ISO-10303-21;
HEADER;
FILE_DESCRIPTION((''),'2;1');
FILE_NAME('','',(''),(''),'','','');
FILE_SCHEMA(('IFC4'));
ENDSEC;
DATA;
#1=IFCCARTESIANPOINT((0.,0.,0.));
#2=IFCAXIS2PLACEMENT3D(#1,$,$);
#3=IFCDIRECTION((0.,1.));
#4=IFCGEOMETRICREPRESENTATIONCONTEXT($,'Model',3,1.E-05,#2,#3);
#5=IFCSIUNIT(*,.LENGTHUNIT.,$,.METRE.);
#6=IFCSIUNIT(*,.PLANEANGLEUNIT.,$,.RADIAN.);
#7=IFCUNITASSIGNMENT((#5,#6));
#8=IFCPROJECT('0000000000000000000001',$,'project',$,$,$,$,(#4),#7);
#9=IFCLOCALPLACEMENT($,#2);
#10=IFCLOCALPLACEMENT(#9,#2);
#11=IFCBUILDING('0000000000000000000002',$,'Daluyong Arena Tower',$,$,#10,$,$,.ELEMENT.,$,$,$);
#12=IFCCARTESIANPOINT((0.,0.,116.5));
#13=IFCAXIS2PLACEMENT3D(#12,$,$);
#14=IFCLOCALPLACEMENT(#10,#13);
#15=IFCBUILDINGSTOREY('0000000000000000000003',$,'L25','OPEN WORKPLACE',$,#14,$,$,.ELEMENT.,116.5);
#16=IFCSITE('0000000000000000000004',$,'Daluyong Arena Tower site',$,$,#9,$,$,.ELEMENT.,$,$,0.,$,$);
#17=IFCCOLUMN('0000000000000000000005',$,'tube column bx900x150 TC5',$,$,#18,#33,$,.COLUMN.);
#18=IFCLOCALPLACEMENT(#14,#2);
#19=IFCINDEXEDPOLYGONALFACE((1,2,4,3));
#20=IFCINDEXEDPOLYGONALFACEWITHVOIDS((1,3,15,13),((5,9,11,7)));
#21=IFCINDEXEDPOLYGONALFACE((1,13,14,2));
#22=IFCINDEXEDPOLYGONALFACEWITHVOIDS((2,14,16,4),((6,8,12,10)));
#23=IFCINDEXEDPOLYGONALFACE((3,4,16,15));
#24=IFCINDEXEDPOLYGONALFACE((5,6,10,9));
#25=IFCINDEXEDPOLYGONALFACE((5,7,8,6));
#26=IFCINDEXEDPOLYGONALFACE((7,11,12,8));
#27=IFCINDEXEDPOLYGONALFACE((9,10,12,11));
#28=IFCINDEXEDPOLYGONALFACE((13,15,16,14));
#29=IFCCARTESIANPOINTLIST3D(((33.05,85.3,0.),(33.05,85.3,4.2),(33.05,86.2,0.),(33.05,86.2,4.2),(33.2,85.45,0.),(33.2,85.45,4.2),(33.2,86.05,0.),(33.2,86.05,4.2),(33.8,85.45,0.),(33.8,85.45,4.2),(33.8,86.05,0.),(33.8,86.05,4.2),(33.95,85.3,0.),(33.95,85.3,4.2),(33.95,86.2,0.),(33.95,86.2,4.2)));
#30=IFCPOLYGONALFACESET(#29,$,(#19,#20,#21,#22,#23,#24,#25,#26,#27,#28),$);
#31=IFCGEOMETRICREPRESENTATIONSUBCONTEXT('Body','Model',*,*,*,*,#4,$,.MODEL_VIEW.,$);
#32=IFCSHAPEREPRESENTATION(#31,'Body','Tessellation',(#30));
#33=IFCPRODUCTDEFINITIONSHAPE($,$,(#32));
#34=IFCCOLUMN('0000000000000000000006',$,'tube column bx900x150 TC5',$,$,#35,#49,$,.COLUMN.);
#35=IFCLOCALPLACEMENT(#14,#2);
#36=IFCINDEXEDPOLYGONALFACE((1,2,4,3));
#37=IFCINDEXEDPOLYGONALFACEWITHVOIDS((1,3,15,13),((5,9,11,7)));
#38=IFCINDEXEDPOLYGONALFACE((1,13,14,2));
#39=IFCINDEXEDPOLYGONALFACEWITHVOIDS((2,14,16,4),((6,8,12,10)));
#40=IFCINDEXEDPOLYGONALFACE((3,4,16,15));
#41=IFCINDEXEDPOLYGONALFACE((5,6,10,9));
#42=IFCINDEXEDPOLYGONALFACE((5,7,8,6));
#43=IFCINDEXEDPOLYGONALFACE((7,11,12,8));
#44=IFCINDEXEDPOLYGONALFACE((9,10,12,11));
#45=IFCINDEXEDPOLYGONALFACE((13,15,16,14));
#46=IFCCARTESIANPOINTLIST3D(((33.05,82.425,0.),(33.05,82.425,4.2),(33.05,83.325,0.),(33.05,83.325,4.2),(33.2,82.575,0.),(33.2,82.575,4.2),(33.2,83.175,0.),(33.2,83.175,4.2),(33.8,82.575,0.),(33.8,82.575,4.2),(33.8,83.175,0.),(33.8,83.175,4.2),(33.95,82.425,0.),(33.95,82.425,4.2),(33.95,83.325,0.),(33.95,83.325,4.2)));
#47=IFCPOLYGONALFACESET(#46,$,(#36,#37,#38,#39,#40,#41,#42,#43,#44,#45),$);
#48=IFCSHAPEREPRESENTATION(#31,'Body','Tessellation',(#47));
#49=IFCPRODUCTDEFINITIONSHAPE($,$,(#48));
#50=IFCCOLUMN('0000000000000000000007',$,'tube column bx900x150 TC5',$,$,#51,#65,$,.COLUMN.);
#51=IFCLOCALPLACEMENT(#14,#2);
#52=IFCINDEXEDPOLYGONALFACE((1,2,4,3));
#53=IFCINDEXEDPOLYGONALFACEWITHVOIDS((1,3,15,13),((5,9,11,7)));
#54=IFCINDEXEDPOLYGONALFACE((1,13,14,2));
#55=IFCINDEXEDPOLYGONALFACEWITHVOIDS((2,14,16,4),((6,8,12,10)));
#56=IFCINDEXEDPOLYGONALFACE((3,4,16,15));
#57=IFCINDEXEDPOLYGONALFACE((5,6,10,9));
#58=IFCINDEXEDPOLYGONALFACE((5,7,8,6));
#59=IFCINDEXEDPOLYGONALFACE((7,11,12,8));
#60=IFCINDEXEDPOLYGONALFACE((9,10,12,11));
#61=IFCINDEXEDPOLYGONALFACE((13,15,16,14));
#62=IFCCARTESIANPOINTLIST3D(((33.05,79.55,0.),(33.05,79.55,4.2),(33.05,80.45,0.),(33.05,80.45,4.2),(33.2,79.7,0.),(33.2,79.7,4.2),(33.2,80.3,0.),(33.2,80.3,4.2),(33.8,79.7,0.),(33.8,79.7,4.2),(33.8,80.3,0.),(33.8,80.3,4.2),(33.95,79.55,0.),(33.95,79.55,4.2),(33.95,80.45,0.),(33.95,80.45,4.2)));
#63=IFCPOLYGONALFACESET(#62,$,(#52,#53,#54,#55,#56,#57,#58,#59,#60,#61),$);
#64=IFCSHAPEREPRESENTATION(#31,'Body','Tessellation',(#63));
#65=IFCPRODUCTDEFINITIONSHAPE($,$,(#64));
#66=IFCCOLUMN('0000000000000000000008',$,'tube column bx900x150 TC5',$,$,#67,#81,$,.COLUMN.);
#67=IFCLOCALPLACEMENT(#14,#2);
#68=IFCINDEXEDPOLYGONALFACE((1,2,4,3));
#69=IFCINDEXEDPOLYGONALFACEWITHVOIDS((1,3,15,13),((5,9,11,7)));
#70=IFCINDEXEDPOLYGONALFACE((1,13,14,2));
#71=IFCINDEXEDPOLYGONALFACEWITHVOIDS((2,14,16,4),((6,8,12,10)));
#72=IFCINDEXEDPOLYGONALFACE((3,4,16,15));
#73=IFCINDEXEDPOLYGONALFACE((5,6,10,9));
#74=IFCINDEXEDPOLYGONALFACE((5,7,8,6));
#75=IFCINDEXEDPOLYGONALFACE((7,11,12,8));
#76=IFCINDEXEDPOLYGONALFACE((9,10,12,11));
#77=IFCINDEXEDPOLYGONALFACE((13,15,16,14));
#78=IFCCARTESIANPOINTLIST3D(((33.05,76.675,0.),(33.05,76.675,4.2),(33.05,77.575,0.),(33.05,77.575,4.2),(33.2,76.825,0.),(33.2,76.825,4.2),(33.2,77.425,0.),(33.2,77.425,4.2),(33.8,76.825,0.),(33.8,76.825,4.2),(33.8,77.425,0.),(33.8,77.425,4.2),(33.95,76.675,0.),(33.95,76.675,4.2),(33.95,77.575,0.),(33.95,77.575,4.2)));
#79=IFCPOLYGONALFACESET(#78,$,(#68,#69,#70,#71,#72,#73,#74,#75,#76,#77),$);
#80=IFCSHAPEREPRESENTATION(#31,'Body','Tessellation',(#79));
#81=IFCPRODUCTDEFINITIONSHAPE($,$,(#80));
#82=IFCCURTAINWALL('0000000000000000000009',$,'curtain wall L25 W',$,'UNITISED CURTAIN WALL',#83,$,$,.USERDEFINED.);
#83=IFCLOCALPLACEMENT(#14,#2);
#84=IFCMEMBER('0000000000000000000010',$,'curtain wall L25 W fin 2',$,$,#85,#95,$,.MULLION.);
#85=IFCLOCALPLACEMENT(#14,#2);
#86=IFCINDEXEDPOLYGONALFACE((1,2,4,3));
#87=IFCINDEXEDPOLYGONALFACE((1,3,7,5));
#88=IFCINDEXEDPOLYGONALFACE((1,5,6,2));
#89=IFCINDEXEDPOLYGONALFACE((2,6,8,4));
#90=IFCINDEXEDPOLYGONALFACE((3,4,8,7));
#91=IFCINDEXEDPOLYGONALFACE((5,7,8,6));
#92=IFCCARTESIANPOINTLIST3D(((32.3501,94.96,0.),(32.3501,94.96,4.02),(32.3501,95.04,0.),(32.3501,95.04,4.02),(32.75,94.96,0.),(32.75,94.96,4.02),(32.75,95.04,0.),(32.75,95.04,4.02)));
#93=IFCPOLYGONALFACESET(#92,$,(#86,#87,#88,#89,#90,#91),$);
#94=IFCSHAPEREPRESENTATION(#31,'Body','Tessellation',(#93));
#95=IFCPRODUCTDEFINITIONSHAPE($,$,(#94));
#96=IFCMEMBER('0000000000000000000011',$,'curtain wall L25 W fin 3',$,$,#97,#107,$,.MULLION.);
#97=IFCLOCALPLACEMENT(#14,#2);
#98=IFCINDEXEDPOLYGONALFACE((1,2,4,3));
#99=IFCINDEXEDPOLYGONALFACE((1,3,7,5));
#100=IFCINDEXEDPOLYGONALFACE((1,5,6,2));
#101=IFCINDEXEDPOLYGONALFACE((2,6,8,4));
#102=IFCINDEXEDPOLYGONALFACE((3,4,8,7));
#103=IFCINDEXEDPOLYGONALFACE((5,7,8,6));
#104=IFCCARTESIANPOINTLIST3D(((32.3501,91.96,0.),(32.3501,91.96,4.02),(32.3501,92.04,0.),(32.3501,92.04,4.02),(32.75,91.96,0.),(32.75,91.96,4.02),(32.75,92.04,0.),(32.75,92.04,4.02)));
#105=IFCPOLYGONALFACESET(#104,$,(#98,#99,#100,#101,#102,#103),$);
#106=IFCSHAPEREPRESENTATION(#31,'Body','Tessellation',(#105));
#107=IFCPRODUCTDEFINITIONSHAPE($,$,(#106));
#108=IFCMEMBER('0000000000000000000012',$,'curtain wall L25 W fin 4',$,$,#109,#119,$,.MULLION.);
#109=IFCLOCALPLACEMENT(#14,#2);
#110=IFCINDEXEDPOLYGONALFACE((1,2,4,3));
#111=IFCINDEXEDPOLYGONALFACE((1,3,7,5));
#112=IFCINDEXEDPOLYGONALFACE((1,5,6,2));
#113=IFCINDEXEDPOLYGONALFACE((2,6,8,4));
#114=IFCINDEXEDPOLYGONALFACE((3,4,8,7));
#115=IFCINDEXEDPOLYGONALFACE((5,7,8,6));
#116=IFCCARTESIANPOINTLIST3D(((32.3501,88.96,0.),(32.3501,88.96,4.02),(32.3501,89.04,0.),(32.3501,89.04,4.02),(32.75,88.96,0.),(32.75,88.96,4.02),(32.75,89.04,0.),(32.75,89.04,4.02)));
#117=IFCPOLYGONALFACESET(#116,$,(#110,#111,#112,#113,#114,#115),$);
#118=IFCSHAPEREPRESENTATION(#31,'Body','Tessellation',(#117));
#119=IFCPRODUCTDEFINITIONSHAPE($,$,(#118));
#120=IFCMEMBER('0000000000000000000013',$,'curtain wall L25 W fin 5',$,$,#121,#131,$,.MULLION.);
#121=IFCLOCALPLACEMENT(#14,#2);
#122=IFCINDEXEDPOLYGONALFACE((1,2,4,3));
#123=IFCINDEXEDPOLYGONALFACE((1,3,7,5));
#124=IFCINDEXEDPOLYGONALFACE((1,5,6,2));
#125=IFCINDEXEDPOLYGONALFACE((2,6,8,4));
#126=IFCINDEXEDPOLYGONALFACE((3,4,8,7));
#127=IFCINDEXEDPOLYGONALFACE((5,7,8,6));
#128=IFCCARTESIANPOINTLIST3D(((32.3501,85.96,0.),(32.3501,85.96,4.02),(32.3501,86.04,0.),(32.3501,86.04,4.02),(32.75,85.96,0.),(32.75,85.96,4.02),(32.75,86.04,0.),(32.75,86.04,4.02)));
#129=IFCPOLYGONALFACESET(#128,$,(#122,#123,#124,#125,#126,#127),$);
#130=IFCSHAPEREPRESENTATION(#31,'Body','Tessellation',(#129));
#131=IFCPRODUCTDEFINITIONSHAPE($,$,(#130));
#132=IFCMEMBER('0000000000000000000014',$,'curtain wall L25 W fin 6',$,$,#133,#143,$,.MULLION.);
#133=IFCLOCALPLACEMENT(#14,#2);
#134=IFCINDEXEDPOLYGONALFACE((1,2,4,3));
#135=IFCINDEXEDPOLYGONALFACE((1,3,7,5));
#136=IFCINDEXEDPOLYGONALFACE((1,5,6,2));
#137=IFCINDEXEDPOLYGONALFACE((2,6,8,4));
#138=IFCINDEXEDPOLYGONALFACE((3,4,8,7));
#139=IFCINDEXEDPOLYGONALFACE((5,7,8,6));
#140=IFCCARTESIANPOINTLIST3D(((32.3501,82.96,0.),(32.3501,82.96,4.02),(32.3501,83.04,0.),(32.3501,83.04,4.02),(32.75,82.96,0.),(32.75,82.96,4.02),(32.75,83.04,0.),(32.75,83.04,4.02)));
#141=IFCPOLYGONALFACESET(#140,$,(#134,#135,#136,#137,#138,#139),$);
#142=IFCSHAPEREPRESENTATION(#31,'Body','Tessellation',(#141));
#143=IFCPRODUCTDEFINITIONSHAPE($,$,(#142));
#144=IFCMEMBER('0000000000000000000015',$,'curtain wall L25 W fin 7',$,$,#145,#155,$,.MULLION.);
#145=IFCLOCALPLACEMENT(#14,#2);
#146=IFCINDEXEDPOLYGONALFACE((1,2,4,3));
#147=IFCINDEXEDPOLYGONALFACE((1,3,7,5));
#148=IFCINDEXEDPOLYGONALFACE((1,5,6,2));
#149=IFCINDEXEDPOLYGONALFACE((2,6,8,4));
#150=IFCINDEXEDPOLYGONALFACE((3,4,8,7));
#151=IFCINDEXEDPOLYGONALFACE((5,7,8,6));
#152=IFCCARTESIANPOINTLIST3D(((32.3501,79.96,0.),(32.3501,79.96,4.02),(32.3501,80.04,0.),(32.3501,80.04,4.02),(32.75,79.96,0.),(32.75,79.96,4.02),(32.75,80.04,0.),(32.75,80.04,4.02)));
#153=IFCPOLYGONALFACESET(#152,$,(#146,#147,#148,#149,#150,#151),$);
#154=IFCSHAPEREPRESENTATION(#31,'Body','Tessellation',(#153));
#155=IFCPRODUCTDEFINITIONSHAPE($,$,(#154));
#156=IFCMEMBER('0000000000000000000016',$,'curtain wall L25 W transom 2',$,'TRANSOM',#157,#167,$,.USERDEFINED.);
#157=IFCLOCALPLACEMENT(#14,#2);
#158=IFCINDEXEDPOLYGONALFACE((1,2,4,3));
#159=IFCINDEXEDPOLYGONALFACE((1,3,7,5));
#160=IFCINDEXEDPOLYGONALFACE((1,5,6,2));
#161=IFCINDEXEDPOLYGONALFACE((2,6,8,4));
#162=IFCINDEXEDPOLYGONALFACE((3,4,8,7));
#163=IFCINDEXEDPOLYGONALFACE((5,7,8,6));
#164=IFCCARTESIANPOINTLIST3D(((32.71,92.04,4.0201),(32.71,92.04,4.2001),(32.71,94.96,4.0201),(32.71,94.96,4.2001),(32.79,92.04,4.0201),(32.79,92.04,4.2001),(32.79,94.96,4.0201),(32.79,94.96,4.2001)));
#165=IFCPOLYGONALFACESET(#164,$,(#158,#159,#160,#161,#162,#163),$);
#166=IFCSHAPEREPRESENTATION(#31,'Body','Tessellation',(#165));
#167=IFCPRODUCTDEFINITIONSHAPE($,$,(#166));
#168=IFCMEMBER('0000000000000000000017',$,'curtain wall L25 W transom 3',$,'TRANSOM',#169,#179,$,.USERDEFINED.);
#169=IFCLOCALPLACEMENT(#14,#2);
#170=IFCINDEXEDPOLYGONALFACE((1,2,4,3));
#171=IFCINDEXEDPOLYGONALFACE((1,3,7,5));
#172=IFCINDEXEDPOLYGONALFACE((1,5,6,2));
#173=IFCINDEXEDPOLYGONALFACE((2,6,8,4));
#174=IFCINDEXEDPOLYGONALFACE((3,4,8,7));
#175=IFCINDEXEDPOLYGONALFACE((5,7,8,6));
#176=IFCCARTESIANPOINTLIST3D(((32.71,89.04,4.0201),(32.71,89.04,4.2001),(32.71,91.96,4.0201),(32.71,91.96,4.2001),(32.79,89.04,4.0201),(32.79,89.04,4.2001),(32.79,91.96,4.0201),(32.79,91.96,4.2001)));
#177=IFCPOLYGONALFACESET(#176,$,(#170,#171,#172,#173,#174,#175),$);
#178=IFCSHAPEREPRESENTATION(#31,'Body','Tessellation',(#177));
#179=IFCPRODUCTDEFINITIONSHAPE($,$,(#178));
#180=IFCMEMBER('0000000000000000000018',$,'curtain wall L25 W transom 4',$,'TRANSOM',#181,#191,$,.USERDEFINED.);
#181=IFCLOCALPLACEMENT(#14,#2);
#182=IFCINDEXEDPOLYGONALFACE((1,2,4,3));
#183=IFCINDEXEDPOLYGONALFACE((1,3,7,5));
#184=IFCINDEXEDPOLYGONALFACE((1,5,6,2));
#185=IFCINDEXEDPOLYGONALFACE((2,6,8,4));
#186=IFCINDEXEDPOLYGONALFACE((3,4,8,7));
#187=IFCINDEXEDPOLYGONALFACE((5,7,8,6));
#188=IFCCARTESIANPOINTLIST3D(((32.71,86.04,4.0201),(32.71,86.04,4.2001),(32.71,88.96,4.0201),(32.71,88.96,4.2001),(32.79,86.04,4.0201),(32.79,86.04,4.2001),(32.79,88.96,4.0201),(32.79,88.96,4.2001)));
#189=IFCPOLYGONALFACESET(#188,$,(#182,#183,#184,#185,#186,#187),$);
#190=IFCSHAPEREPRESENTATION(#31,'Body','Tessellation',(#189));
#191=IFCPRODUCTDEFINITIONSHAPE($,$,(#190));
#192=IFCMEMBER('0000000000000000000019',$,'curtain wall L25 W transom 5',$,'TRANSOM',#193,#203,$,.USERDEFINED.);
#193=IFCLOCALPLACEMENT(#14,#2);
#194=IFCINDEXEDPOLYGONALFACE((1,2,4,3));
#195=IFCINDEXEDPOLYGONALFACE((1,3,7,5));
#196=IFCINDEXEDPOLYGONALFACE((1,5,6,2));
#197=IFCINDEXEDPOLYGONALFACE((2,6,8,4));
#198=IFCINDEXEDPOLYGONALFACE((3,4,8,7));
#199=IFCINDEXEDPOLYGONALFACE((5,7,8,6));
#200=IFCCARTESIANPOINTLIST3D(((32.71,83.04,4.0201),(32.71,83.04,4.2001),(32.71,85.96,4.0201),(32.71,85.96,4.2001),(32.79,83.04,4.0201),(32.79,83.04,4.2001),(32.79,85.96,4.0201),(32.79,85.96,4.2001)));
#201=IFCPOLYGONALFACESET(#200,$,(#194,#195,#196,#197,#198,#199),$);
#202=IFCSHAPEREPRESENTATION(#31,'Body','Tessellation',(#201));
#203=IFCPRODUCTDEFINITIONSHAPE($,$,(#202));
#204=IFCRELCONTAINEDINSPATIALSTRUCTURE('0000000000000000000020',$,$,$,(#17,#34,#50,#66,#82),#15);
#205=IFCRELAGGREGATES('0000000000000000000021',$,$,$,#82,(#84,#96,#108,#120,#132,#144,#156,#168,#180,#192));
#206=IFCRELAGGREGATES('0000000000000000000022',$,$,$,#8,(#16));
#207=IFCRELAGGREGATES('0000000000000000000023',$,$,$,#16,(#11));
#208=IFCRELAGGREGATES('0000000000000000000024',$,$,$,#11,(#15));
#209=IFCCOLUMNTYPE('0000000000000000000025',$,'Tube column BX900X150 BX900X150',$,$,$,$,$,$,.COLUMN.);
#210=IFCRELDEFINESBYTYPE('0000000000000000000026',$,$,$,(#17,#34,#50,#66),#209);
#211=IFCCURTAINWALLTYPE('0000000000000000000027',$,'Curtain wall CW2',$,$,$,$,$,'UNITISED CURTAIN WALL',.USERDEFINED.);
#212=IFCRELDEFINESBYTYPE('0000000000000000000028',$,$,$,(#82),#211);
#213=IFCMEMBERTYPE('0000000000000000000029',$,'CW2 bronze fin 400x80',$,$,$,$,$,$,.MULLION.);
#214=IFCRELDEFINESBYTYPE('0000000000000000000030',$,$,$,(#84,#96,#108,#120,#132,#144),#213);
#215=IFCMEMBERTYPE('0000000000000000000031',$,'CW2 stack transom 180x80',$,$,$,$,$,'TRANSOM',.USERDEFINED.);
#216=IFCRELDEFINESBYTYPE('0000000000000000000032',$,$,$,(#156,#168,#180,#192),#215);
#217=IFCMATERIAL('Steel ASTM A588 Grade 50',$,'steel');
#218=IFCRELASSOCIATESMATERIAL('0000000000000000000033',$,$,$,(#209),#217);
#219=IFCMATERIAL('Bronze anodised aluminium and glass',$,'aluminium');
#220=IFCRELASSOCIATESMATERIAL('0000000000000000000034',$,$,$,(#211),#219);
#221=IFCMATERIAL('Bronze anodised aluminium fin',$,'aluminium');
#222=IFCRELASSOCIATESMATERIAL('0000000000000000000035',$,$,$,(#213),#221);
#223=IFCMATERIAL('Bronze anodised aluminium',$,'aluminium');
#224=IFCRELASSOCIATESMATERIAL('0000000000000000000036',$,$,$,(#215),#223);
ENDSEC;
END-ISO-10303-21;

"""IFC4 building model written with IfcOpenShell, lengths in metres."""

from ifc_helpers import new_model, si_unit, direction, frame, origin, origin_2d, place, context, subcontext, project, spatial, rectangle, hollow_rectangle, extrude, material, material_profile, profile_set, type_object, element, aggregate, save


model = new_model("IFC4")

# Units and contexts
model_context = context("Model", 3, precision=1e-05, world=origin(), true_north=direction((0.0, 1.0)))
body_context = subcontext(model_context, "Body", "Model", "MODEL_VIEW")
ifc_project = project(units=[si_unit("LENGTHUNIT", "METRE"), si_unit("PLANEANGLEUNIT", "RADIAN")], contexts=[model_context])

# Site, building, storey
site_placement = place(None, origin())
site = spatial("IfcSite", under=ifc_project, at=site_placement, Name="Daluyong Arena Tower site", CompositionType="ELEMENT", RefElevation=0.0)
building_placement = place(site_placement, origin())
building = spatial("IfcBuilding", under=site, at=building_placement, Name="Daluyong Arena Tower", CompositionType="ELEMENT")
storey_placement = place(building_placement, frame((0.0, 0.0, 116.5)))
storey = spatial("IfcBuildingStorey", under=building, at=storey_placement, Name="L25", Description="OPEN WORKPLACE", CompositionType="ELEMENT", Elevation=116.5)

# Columns
ifc_material_1 = material(Name="Steel ASTM A588 Grade 50", Category="steel")
ifc_material_profile_1 = material_profile(ifc_material_1, hollow_rectangle(XDim=0.8999, YDim=0.8999, WallThickness=0.15, at=origin_2d()))
ifc_profile_set_1 = profile_set([ifc_material_profile_1], Name="Steel ASTM A588 Grade 50")
column_type = type_object("IfcColumnType", Name="Tube column BX900X150 BX900X150", PredefinedType="COLUMN", material=ifc_profile_set_1)
for number, where, z_axis, x_axis, name in (
    (1, (33.5, 85.75, 0.0), (0.0, 0.0, 1.0), (0.0, 1.0, 0.0), "tube column bx900x150 TC5"),
    (2, (33.5, 82.875, 0.0), (0.0, 0.0, 1.0), (0.0, 1.0, 0.0), "tube column bx900x150 TC5"),
    (3, (33.5, 80.0, 0.0), (0.0, 0.0, 1.0), (0.0, 1.0, 0.0), "tube column bx900x150 TC5"),
    (4, (33.5, 77.125, 0.0), (0.0, 0.0, 1.0), (0.0, 1.0, 0.0), "tube column bx900x150 TC5"),
):
    element("IfcColumn", number, at=place(storey_placement, frame(where, z_axis=z_axis, x_axis=x_axis)), inside=storey, type_object=column_type, Name=name, PredefinedType="COLUMN", context=body_context, shape_type="SweptSolid", body=[
        extrude(hollow_rectangle(XDim=0.8999, YDim=0.8999, WallThickness=0.15, at=origin_2d()), origin(), (0.0, 0.0, 1.0), 4.2),
    ])

# Curtain wall, members
ifc_material_2 = material(Name="Bronze anodised aluminium and glass", Category="aluminium")
curtain_wall_type = type_object("IfcCurtainWallType", Name="Curtain wall CW2", ElementType="UNITISED CURTAIN WALL", PredefinedType="USERDEFINED", material=ifc_material_2)
curtain_wall_placement = place(storey_placement, origin())
curtain_wall = element("IfcCurtainWall", 5, at=curtain_wall_placement, inside=storey, type_object=curtain_wall_type, Name="curtain wall L25 W", ObjectType="UNITISED CURTAIN WALL", PredefinedType="USERDEFINED")
ifc_material_3 = material(Name="Bronze anodised aluminium fin", Category="aluminium")
ifc_material_profile_2 = material_profile(ifc_material_3, rectangle(XDim=0.3999, YDim=0.0801, at=origin_2d()))
ifc_profile_set_2 = profile_set([ifc_material_profile_2], Name="Bronze anodised aluminium fin")
member_type_1 = type_object("IfcMemberType", Name="CW2 bronze fin 400x80", PredefinedType="MULLION", material=ifc_profile_set_2)
member_1_placement = place(storey_placement, frame((32.55, 95.0, 0.0), z_axis=(0.0, 0.0, 1.0), x_axis=(1.0, 0.0, 0.0)))
member_1 = element("IfcMember", 6, at=member_1_placement, type_object=member_type_1, Name="curtain wall L25 W fin 2", PredefinedType="MULLION", context=body_context, shape_type="SweptSolid", body=[
    extrude(rectangle(XDim=0.3999, YDim=0.0801, at=origin_2d()), origin(), (0.0, 0.0, 1.0), 4.02),
])
member_2_placement = place(storey_placement, frame((32.55, 92.0, 0.0), z_axis=(0.0, 0.0, 1.0), x_axis=(1.0, 0.0, 0.0)))
member_2 = element("IfcMember", 7, at=member_2_placement, type_object=member_type_1, Name="curtain wall L25 W fin 3", PredefinedType="MULLION", context=body_context, shape_type="SweptSolid", body=[
    extrude(rectangle(XDim=0.3999, YDim=0.0801, at=origin_2d()), origin(), (0.0, 0.0, 1.0), 4.02),
])
member_3_placement = place(storey_placement, frame((32.55, 89.0, 0.0), z_axis=(0.0, 0.0, 1.0), x_axis=(1.0, 0.0, 0.0)))
member_3 = element("IfcMember", 8, at=member_3_placement, type_object=member_type_1, Name="curtain wall L25 W fin 4", PredefinedType="MULLION", context=body_context, shape_type="SweptSolid", body=[
    extrude(rectangle(XDim=0.3999, YDim=0.0801, at=origin_2d()), origin(), (0.0, 0.0, 1.0), 4.02),
])
member_4_placement = place(storey_placement, frame((32.55, 86.0, 0.0), z_axis=(0.0, 0.0, 1.0), x_axis=(1.0, 0.0, 0.0)))
member_4 = element("IfcMember", 9, at=member_4_placement, type_object=member_type_1, Name="curtain wall L25 W fin 5", PredefinedType="MULLION", context=body_context, shape_type="SweptSolid", body=[
    extrude(rectangle(XDim=0.3999, YDim=0.0801, at=origin_2d()), origin(), (0.0, 0.0, 1.0), 4.02),
])
member_5_placement = place(storey_placement, frame((32.55, 83.0, 0.0), z_axis=(0.0, 0.0, 1.0), x_axis=(1.0, 0.0, 0.0)))
member_5 = element("IfcMember", 10, at=member_5_placement, type_object=member_type_1, Name="curtain wall L25 W fin 6", PredefinedType="MULLION", context=body_context, shape_type="SweptSolid", body=[
    extrude(rectangle(XDim=0.3999, YDim=0.0801, at=origin_2d()), origin(), (0.0, 0.0, 1.0), 4.02),
])
member_6_placement = place(storey_placement, frame((32.55, 80.0, 0.0), z_axis=(0.0, 0.0, 1.0), x_axis=(1.0, 0.0, 0.0)))
member_6 = element("IfcMember", 11, at=member_6_placement, type_object=member_type_1, Name="curtain wall L25 W fin 7", PredefinedType="MULLION", context=body_context, shape_type="SweptSolid", body=[
    extrude(rectangle(XDim=0.3999, YDim=0.0801, at=origin_2d()), origin(), (0.0, 0.0, 1.0), 4.02),
])
ifc_material_4 = material(Name="Bronze anodised aluminium", Category="aluminium")
ifc_material_profile_3 = material_profile(ifc_material_4, rectangle(XDim=0.0801, YDim=0.1799, at=origin_2d()))
ifc_profile_set_3 = profile_set([ifc_material_profile_3], Name="Bronze anodised aluminium")
member_type_2 = type_object("IfcMemberType", Name="CW2 stack transom 180x80", ElementType="TRANSOM", PredefinedType="USERDEFINED", material=ifc_profile_set_3)
member_7_placement = place(storey_placement, frame((32.75, 94.96, 4.1101), z_axis=(0.0, -1.0, 0.0), x_axis=(1.0, 0.0, 0.0)))
member_7 = element("IfcMember", 12, at=member_7_placement, type_object=member_type_2, Name="curtain wall L25 W transom 2", ObjectType="TRANSOM", PredefinedType="USERDEFINED", context=body_context, shape_type="SweptSolid", body=[
    extrude(rectangle(XDim=0.0801, YDim=0.1799, at=origin_2d()), origin(), (0.0, 0.0, 1.0), 2.9199),
])
member_8_placement = place(storey_placement, frame((32.75, 91.96, 4.1101), z_axis=(0.0, -1.0, 0.0), x_axis=(1.0, 0.0, 0.0)))
member_8 = element("IfcMember", 13, at=member_8_placement, type_object=member_type_2, Name="curtain wall L25 W transom 3", ObjectType="TRANSOM", PredefinedType="USERDEFINED", context=body_context, shape_type="SweptSolid", body=[
    extrude(rectangle(XDim=0.0801, YDim=0.1799, at=origin_2d()), origin(), (0.0, 0.0, 1.0), 2.9199),
])
member_9_placement = place(storey_placement, frame((32.75, 88.96, 4.1101), z_axis=(0.0, -1.0, 0.0), x_axis=(1.0, 0.0, 0.0)))
member_9 = element("IfcMember", 14, at=member_9_placement, type_object=member_type_2, Name="curtain wall L25 W transom 4", ObjectType="TRANSOM", PredefinedType="USERDEFINED", context=body_context, shape_type="SweptSolid", body=[
    extrude(rectangle(XDim=0.0801, YDim=0.1799, at=origin_2d()), origin(), (0.0, 0.0, 1.0), 2.9199),
])
member_10_placement = place(storey_placement, frame((32.75, 85.96, 4.1101), z_axis=(0.0, -1.0, 0.0), x_axis=(1.0, 0.0, 0.0)))
member_10 = element("IfcMember", 15, at=member_10_placement, type_object=member_type_2, Name="curtain wall L25 W transom 5", ObjectType="TRANSOM", PredefinedType="USERDEFINED", context=body_context, shape_type="SweptSolid", body=[
    extrude(rectangle(XDim=0.0801, YDim=0.1799, at=origin_2d()), origin(), (0.0, 0.0, 1.0), 2.9199),
])

aggregate(curtain_wall, [member_1, member_2, member_3, member_4, member_5, member_6, member_7, member_8, member_9, member_10])

save(model, "model.ifc")
